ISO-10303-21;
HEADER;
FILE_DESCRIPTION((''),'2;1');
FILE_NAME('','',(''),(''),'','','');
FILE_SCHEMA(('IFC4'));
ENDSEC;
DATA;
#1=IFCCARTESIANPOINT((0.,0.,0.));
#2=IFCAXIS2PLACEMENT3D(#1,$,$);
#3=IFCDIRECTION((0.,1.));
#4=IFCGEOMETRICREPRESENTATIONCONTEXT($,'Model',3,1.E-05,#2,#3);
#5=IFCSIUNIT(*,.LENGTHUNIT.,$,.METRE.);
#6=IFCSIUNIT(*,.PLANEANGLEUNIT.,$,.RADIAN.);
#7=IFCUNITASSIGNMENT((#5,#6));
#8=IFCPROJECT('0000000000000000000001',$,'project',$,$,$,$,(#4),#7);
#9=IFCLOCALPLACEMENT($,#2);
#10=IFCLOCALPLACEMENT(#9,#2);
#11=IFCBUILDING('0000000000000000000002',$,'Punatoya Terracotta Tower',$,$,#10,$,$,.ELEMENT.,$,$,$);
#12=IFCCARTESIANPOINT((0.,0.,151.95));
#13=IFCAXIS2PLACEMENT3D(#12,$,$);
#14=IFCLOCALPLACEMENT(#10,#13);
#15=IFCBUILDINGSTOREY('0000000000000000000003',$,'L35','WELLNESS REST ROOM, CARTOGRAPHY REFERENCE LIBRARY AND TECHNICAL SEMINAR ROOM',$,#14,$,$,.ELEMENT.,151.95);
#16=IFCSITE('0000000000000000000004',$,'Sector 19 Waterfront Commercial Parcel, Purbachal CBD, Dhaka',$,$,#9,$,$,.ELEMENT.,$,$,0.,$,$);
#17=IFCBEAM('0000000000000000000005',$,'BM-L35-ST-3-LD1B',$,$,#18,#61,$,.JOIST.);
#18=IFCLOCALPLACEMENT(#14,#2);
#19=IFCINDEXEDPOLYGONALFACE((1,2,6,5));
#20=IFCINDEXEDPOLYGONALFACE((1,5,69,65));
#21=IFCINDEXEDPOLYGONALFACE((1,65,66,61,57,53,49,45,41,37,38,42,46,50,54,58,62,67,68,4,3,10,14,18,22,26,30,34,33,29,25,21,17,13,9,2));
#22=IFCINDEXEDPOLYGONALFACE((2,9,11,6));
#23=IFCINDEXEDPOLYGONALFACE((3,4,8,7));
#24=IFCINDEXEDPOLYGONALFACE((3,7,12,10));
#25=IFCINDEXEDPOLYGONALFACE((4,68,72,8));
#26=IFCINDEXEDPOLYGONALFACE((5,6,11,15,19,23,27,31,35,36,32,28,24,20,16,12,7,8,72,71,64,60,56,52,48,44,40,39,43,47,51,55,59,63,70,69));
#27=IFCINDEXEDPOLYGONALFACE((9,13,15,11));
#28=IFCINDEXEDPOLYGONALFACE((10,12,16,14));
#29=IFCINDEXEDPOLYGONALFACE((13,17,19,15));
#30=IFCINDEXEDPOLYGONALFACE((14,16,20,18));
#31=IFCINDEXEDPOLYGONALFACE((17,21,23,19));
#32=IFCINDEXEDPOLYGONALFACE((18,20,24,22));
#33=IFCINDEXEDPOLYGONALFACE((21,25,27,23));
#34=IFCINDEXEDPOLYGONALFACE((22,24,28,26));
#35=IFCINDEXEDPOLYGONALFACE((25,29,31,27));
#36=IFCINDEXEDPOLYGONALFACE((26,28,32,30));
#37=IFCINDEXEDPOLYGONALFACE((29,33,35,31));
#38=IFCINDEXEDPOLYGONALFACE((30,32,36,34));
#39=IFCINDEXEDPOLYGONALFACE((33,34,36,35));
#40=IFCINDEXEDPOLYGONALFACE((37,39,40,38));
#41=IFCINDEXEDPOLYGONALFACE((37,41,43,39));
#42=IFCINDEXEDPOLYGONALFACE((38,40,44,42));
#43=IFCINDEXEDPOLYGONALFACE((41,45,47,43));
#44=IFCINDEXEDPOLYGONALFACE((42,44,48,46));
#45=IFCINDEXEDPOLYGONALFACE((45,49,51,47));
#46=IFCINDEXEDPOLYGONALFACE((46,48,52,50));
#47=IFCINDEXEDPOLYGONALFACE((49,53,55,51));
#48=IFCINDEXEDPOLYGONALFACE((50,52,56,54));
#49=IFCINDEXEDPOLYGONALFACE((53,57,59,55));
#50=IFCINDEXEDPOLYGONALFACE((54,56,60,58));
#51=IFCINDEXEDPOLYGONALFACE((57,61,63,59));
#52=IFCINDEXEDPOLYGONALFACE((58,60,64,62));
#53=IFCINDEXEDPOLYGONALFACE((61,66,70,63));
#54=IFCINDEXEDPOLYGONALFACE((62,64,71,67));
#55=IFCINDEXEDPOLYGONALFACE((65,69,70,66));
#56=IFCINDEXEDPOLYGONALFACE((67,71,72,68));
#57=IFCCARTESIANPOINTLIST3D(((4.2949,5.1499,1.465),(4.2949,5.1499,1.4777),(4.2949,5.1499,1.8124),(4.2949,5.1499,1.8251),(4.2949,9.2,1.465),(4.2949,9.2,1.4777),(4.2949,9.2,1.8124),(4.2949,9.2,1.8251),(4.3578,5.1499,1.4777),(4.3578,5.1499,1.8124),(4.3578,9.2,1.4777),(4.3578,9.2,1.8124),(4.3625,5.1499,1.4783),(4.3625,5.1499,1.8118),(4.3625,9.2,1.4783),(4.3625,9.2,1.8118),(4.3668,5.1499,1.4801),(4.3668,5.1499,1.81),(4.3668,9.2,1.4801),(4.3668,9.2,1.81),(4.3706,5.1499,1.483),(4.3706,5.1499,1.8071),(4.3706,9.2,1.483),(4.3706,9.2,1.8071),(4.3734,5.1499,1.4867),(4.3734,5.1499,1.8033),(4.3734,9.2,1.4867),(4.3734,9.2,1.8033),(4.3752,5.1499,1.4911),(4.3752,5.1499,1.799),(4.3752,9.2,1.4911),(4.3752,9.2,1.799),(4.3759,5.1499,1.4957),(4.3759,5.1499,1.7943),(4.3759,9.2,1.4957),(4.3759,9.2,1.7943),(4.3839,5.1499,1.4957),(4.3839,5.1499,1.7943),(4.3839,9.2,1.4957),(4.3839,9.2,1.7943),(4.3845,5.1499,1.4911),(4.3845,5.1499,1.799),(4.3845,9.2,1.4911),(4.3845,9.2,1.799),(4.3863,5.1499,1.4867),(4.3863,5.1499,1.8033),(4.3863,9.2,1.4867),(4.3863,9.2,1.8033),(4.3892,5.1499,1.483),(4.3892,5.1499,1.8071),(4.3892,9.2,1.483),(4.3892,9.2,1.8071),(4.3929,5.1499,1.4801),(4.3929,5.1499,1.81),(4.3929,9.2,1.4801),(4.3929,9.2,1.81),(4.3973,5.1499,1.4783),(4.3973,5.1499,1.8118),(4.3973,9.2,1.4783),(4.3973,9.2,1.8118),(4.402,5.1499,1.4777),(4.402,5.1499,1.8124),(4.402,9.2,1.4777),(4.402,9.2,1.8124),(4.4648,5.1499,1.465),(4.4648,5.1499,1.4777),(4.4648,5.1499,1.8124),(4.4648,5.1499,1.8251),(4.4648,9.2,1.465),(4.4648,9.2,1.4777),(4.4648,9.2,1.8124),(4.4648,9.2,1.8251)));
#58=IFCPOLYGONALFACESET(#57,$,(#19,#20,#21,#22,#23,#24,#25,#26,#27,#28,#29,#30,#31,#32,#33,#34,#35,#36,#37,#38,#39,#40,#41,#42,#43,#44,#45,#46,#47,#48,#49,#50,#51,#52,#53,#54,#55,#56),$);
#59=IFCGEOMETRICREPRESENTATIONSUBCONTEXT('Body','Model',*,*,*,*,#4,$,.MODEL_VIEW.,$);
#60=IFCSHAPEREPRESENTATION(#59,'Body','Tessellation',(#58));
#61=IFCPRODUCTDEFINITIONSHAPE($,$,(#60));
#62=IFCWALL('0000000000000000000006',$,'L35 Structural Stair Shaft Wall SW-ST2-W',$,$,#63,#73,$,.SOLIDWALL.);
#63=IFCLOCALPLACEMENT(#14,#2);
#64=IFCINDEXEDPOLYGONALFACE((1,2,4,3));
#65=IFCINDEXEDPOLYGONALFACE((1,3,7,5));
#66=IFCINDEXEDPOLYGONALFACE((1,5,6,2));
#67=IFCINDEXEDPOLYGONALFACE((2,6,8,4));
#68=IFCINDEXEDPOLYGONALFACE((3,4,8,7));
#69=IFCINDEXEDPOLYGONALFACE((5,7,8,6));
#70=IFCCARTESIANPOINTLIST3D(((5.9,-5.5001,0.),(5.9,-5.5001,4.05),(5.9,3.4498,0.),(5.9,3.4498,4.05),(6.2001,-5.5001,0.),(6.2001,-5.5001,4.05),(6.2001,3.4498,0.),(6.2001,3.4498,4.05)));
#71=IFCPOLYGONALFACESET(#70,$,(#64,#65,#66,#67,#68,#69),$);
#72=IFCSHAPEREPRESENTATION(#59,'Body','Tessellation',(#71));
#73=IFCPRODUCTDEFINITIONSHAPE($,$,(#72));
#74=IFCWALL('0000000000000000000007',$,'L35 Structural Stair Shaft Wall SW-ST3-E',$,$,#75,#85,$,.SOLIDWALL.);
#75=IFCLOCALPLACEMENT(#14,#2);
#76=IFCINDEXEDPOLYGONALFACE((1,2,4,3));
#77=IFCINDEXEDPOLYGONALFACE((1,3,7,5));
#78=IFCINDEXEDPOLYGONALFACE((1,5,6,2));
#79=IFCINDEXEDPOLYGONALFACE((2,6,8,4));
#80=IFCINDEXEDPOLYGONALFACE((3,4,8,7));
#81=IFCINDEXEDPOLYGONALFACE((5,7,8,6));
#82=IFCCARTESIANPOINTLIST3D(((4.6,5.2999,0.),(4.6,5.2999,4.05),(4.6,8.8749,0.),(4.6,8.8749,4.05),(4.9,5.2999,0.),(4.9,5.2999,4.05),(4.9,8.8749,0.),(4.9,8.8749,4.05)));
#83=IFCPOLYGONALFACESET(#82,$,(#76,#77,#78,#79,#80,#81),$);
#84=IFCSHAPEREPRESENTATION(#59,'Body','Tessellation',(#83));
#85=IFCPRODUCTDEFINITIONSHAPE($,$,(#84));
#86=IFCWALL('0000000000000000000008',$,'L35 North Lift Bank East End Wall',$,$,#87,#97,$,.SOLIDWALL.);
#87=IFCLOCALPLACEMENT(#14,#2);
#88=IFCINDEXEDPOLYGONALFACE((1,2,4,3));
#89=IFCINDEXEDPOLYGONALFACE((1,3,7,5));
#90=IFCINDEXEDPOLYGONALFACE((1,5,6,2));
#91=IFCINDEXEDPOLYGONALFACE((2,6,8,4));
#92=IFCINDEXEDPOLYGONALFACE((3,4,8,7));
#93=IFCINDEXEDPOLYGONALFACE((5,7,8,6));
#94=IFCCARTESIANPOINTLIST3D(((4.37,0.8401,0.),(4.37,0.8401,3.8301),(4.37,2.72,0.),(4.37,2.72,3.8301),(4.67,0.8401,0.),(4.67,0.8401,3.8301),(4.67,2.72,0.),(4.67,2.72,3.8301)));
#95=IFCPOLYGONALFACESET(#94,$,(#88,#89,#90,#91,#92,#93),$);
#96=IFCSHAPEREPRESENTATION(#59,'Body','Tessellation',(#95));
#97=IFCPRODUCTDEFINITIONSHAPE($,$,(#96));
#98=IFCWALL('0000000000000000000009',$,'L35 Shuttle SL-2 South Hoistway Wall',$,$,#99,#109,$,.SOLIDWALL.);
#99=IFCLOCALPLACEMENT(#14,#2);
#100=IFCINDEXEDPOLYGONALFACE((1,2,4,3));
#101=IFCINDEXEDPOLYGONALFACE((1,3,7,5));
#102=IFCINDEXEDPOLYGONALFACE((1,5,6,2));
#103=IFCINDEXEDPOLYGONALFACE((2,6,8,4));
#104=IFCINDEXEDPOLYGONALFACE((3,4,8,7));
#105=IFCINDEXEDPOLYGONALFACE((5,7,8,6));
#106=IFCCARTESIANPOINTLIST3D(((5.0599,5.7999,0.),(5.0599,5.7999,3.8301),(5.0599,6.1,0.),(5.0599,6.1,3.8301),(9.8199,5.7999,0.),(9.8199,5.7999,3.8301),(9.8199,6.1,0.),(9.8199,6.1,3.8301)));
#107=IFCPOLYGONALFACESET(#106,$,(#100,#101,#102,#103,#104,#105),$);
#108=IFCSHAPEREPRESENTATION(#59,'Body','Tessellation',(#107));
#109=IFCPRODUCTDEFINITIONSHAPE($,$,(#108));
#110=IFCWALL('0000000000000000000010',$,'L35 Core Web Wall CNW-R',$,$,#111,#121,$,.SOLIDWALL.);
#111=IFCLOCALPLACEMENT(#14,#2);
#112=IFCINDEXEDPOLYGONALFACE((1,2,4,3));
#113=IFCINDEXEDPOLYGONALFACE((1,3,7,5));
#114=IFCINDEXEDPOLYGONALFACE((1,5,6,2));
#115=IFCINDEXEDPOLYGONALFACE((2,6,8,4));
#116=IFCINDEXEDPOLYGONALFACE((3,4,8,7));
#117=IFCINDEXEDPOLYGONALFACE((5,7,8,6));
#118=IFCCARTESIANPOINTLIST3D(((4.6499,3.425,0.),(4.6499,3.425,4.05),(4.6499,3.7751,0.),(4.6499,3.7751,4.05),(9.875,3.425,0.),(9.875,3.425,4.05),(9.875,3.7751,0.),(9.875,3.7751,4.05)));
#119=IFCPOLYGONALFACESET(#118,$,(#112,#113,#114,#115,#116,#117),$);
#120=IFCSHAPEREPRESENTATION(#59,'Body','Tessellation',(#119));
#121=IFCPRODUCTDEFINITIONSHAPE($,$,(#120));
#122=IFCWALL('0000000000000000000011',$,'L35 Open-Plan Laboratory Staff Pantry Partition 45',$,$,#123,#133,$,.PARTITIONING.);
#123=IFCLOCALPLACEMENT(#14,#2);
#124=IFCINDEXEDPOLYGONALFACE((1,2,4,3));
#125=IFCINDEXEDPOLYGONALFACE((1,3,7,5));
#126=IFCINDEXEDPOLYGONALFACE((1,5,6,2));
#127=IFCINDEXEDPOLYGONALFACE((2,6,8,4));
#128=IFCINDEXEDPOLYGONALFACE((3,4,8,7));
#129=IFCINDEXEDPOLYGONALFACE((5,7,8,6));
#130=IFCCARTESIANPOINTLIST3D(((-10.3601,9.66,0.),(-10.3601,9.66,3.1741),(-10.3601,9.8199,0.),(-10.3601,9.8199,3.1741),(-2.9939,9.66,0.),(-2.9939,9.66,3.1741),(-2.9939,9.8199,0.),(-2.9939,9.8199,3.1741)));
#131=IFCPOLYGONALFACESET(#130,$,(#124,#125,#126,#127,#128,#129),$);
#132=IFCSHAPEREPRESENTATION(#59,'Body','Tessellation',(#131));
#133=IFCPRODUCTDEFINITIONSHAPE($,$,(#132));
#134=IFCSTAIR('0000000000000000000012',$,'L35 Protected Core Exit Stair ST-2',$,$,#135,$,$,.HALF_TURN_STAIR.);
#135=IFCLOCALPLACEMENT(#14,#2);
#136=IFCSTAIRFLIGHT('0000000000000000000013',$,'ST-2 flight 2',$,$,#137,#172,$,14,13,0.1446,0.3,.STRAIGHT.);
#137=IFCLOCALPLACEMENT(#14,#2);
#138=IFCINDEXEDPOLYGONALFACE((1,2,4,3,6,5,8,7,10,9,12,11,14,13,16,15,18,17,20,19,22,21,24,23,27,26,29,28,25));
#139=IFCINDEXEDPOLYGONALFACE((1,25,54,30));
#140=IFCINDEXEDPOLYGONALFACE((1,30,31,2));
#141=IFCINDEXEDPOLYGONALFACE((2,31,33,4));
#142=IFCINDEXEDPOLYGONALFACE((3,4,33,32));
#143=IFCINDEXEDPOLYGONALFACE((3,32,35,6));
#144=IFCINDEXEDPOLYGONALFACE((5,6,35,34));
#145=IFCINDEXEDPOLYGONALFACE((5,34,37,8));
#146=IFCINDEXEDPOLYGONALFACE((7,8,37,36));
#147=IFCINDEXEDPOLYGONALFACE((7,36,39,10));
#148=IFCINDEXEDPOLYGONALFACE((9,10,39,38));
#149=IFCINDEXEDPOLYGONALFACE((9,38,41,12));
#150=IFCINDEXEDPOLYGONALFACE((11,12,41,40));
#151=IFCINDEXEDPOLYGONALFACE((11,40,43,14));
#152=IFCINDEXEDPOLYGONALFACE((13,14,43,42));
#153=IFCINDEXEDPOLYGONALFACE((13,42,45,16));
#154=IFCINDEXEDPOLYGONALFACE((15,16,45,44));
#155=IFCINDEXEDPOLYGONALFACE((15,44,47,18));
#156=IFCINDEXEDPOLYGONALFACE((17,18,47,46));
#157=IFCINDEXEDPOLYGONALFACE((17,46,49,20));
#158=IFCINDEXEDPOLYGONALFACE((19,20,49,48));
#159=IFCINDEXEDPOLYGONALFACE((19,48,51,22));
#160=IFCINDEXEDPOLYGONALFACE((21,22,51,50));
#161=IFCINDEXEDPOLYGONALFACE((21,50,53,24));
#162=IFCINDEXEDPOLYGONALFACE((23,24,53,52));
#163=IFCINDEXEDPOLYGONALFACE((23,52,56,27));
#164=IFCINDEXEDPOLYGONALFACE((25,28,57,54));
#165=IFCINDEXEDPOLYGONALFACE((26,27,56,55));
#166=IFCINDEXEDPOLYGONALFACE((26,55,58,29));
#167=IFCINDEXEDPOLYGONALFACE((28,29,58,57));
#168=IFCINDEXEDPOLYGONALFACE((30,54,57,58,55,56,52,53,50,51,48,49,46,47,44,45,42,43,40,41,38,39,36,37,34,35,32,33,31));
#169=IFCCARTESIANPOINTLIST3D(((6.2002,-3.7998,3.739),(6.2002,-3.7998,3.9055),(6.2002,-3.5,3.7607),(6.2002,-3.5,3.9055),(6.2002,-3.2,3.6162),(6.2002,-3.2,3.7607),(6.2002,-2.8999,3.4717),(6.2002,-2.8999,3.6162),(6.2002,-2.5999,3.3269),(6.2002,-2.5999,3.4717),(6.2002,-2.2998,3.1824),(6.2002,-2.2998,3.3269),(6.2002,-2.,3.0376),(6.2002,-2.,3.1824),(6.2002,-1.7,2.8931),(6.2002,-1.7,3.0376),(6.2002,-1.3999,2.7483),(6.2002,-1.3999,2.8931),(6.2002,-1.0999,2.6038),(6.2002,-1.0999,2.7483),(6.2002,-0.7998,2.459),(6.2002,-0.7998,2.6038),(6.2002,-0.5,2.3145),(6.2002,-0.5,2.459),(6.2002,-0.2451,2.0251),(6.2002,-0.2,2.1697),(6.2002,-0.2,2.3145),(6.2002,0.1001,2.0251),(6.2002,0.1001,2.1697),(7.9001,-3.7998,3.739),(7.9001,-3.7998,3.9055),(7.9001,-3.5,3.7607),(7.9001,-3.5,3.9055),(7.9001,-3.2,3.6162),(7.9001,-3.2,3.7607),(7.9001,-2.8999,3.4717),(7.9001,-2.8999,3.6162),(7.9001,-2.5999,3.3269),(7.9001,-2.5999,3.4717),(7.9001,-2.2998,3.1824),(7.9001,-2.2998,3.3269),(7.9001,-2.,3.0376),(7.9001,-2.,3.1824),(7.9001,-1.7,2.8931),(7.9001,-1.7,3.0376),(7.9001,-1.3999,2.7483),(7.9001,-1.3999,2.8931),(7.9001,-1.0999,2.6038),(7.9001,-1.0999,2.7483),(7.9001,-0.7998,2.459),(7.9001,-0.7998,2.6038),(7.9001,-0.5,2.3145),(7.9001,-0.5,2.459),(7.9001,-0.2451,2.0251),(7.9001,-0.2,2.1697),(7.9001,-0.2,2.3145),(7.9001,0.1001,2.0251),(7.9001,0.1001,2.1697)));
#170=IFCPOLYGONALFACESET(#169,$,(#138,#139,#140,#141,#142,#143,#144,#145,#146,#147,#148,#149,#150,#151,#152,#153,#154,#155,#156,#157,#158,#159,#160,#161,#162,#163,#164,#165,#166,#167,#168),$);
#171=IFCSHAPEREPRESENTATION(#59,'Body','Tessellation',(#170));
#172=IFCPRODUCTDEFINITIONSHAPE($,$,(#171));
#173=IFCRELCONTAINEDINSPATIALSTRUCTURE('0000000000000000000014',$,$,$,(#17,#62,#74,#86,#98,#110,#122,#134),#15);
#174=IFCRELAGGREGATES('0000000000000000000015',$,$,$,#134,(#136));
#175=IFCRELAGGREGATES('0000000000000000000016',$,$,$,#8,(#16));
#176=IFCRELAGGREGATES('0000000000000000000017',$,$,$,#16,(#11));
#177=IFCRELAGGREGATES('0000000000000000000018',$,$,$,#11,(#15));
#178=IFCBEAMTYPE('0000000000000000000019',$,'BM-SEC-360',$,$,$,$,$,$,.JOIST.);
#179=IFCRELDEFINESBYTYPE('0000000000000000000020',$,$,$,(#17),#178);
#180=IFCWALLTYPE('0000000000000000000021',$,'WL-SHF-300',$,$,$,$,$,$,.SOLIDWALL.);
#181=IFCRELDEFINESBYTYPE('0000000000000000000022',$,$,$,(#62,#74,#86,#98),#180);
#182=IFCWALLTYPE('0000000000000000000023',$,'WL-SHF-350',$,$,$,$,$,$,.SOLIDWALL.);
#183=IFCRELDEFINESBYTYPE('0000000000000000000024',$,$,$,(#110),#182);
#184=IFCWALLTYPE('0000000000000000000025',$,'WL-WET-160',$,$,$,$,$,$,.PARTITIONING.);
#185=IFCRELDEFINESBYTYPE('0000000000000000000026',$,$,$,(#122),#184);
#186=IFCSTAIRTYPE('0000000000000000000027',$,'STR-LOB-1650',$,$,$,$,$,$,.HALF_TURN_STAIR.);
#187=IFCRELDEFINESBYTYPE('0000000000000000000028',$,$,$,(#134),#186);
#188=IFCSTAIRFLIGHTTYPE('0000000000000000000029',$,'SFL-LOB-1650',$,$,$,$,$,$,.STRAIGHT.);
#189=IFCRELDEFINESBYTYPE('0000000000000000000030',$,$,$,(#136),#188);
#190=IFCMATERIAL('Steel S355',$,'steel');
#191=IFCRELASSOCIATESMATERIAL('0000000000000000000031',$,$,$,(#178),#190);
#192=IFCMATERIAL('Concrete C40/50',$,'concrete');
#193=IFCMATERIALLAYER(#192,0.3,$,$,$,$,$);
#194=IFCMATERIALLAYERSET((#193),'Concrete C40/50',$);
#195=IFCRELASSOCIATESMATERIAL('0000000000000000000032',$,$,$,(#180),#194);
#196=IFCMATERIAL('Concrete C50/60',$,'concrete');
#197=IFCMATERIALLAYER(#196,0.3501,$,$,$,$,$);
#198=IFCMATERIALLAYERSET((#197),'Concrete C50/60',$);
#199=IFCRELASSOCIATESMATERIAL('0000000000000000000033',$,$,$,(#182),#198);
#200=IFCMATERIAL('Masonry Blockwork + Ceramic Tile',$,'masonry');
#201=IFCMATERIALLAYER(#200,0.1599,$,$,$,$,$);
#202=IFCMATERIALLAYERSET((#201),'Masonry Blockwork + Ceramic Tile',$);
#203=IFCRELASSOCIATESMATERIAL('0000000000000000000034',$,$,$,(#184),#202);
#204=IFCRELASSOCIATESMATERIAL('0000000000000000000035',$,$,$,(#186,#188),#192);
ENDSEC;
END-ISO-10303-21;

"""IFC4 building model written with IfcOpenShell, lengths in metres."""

from ifc_helpers import new_model, si_unit, direction, frame, frame_2d, origin, origin_2d, place, context, subcontext, project, spatial, polyline, rectangle, i_section, outline, extrude, material, layer, layer_set, material_profile, profile_set, type_object, element, aggregate, save


model = new_model("IFC4")

# Units and contexts
model_context = context("Model", 3, precision=1e-05, world=origin(), true_north=direction((0.0, 1.0)))
body_context = subcontext(model_context, "Body", "Model", "MODEL_VIEW")
ifc_project = project(units=[si_unit("LENGTHUNIT", "METRE"), si_unit("PLANEANGLEUNIT", "RADIAN")], contexts=[model_context])

# Site, building, storey
site_placement = place(None, origin())
site = spatial("IfcSite", under=ifc_project, at=site_placement, Name="Sector 19 Waterfront Commercial Parcel, Purbachal CBD, Dhaka", CompositionType="ELEMENT", RefElevation=0.0)
building_placement = place(site_placement, origin())
building = spatial("IfcBuilding", under=site, at=building_placement, Name="Punatoya Terracotta Tower", CompositionType="ELEMENT")
storey_placement = place(building_placement, frame((0.0, 0.0, 151.95)))
storey = spatial("IfcBuildingStorey", under=building, at=storey_placement, Name="L35", Description="WELLNESS REST ROOM, CARTOGRAPHY REFERENCE LIBRARY AND TECHNICAL SEMINAR ROOM", CompositionType="ELEMENT", Elevation=151.95)

# Beam
ifc_material_1 = material(Name="Steel S355", Category="steel")
ifc_material_profile_1 = material_profile(ifc_material_1, i_section(OverallWidth=0.1699, OverallDepth=0.3601, WebThickness=0.0081, FlangeThickness=0.0127, FilletRadius=0.0181, at=origin_2d()))
ifc_profile_set_1 = profile_set([ifc_material_profile_1], Name="Steel S355")
beam_type_1 = type_object("IfcBeamType", Name="BM-SEC-360", PredefinedType="JOIST", material=ifc_profile_set_1)
for number, where, z_axis, x_axis, name in (
    (1, (4.3799, 5.1499, 1.645), (0.0, 1.0, 0.0), (-1.0, 0.0, 0.0), "BM-L35-ST-3-LD1B"),
):
    element("IfcBeam", number, at=place(storey_placement, frame(where, z_axis=z_axis, x_axis=x_axis)), inside=storey, type_object=beam_type_1, Name=name, PredefinedType="JOIST", context=body_context, shape_type="SweptSolid", body=[
        extrude(i_section(OverallWidth=0.1699, OverallDepth=0.3601, WebThickness=0.0081, FlangeThickness=0.0127, FilletRadius=0.0181, at=origin_2d()), origin(), (0.0, 0.0, 1.0), 4.05),
    ])

# Walls
ifc_material_2 = material(Name="Concrete C40/50", Category="concrete")
ifc_layer_1 = layer(ifc_material_2, 0.3)
ifc_layer_set_1 = layer_set([ifc_layer_1], Name="Concrete C40/50")
wall_type_1 = type_object("IfcWallType", Name="WL-SHF-300", PredefinedType="SOLIDWALL", material=ifc_layer_set_1)
wall_1_placement = place(storey_placement, frame((6.05, 3.45, 0.0), z_axis=(0.0, 0.0, 1.0), x_axis=(0.0, -1.0, 0.0)))
element("IfcWall", 2, at=wall_1_placement, inside=storey, type_object=wall_type_1, Name="L35 Structural Stair Shaft Wall SW-ST2-W", PredefinedType="SOLIDWALL", context=body_context, shape_type="SweptSolid", body=[
    extrude(rectangle(XDim=8.95, YDim=0.3, at=frame_2d((4.4751, 0.0))), origin(), (0.0, 0.0, 1.0), 4.05),
])
wall_2_placement = place(storey_placement, frame((4.75, 8.875, 0.0), z_axis=(0.0, 0.0, 1.0), x_axis=(0.0, -1.0, 0.0)))
element("IfcWall", 3, at=wall_2_placement, inside=storey, type_object=wall_type_1, Name="L35 Structural Stair Shaft Wall SW-ST3-E", PredefinedType="SOLIDWALL", context=body_context, shape_type="SweptSolid", body=[
    extrude(rectangle(XDim=3.575, YDim=0.3, at=frame_2d((1.7876, 0.0))), origin(), (0.0, 0.0, 1.0), 4.05),
])
wall_3_placement = place(storey_placement, frame((4.52, 0.8401, 0.0), z_axis=(0.0, 0.0, 1.0), x_axis=(0.0, 1.0, 0.0)))
element("IfcWall", 4, at=wall_3_placement, inside=storey, type_object=wall_type_1, Name="L35 North Lift Bank East End Wall", PredefinedType="SOLIDWALL", context=body_context, shape_type="SweptSolid", body=[
    extrude(rectangle(XDim=1.8799, YDim=0.3, at=frame_2d((0.9399, 0.0))), origin(), (0.0, 0.0, 1.0), 3.8301),
])
wall_4_placement = place(storey_placement, frame((5.0601, 5.95, 0.0), z_axis=(0.0, 0.0, 1.0), x_axis=(1.0, 0.0, 0.0)))
element("IfcWall", 5, at=wall_4_placement, inside=storey, type_object=wall_type_1, Name="L35 Shuttle SL-2 South Hoistway Wall", PredefinedType="SOLIDWALL", context=body_context, shape_type="SweptSolid", body=[
    extrude(rectangle(XDim=4.76, YDim=0.3, at=frame_2d((2.3799, 0.0))), origin(), (0.0, 0.0, 1.0), 3.8301),
])
ifc_material_3 = material(Name="Concrete C50/60", Category="concrete")
ifc_layer_2 = layer(ifc_material_3, 0.3501)
ifc_layer_set_2 = layer_set([ifc_layer_2], Name="Concrete C50/60")
wall_type_2 = type_object("IfcWallType", Name="WL-SHF-350", PredefinedType="SOLIDWALL", material=ifc_layer_set_2)
wall_5_placement = place(storey_placement, frame((4.6499, 3.6001, 0.0), z_axis=(0.0, 0.0, 1.0), x_axis=(1.0, 0.0, 0.0)))
element("IfcWall", 6, at=wall_5_placement, inside=storey, type_object=wall_type_2, Name="L35 Core Web Wall CNW-R", PredefinedType="SOLIDWALL", context=body_context, shape_type="SweptSolid", body=[
    extrude(rectangle(XDim=5.2251, YDim=0.3501, at=frame_2d((2.6125, 0.0))), origin(), (0.0, 0.0, 1.0), 4.05),
])
ifc_material_4 = material(Name="Masonry Blockwork + Ceramic Tile", Category="masonry")
ifc_layer_3 = layer(ifc_material_4, 0.1599)
ifc_layer_set_3 = layer_set([ifc_layer_3], Name="Masonry Blockwork + Ceramic Tile")
wall_type_3 = type_object("IfcWallType", Name="WL-WET-160", PredefinedType="PARTITIONING", material=ifc_layer_set_3)
wall_6_placement = place(storey_placement, frame((-2.9939, 9.74, 0.0), z_axis=(0.0, 0.0, 1.0), x_axis=(-1.0, 0.0, 0.0)))
element("IfcWall", 7, at=wall_6_placement, inside=storey, type_object=wall_type_3, Name="L35 Open-Plan Laboratory Staff Pantry Partition 45", PredefinedType="PARTITIONING", context=body_context, shape_type="SweptSolid", body=[
    extrude(rectangle(XDim=7.3662, YDim=0.1599, at=frame_2d((3.6831, 0.0))), origin(), (0.0, 0.0, 1.0), 3.1741),
])

# Stair, stair flight
stair_type_1 = type_object("IfcStairType", Name="STR-LOB-1650", PredefinedType="HALF_TURN_STAIR", material=ifc_material_2)
stair_1_placement = place(storey_placement, origin())
stair_1 = element("IfcStair", 8, at=stair_1_placement, inside=storey, type_object=stair_type_1, Name="L35 Protected Core Exit Stair ST-2", PredefinedType="HALF_TURN_STAIR")
stair_flight_type_1 = type_object("IfcStairFlightType", Name="SFL-LOB-1650", PredefinedType="STRAIGHT", material=ifc_material_2)
stair_flight_1_placement = place(storey_placement, frame((7.05, 0.1001, 2.0251), z_axis=(0.0, 0.0, 1.0), x_axis=(0.0, -1.0, 0.0)))
stair_flight_1 = element("IfcStairFlight", 9, at=stair_flight_1_placement, type_object=stair_flight_type_1, Name="ST-2 flight 2", NumberOfRisers=14, NumberOfTreads=13, PredefinedType="STRAIGHT", RiserHeight=0.1446, TreadLength=0.3, context=body_context, shape_type="SweptSolid", body=[
    extrude(outline(polyline([(0.0, 0.0), (0.0, 0.1445), (0.3, 0.1445), (0.3, 0.2893), (0.6001, 0.2893), (0.6001, 0.4338), (0.8999, 0.4338), (0.8999, 0.5786), (1.2, 0.5786), (1.2, 0.7231), (1.5, 0.7231), (1.5, 0.8679), (1.8, 0.8679), (1.8, 1.0125), (2.1001, 1.0125), (2.1001, 1.1572), (2.3999, 1.1572), (2.3999, 1.3018), (2.7, 1.3018), (2.7, 1.4465), (3.0, 1.4465), (3.0, 1.5911), (3.3, 1.5911), (3.3, 1.7356), (3.6001, 1.7356), (3.6001, 1.8804), (3.8999, 1.8804), (3.8999, 2.0249), (3.8999, 1.7139), (0.3452, 0.0), (0.0, 0.0)])), frame((0.0, 0.8501, 0.0), z_axis=(0.0, -1.0, 0.0), x_axis=(1.0, 0.0, 0.0)), (0.0, 0.0, 1.0), 1.7),
])
aggregate(stair_1, [stair_flight_1])

save(model, "model.ifc")
